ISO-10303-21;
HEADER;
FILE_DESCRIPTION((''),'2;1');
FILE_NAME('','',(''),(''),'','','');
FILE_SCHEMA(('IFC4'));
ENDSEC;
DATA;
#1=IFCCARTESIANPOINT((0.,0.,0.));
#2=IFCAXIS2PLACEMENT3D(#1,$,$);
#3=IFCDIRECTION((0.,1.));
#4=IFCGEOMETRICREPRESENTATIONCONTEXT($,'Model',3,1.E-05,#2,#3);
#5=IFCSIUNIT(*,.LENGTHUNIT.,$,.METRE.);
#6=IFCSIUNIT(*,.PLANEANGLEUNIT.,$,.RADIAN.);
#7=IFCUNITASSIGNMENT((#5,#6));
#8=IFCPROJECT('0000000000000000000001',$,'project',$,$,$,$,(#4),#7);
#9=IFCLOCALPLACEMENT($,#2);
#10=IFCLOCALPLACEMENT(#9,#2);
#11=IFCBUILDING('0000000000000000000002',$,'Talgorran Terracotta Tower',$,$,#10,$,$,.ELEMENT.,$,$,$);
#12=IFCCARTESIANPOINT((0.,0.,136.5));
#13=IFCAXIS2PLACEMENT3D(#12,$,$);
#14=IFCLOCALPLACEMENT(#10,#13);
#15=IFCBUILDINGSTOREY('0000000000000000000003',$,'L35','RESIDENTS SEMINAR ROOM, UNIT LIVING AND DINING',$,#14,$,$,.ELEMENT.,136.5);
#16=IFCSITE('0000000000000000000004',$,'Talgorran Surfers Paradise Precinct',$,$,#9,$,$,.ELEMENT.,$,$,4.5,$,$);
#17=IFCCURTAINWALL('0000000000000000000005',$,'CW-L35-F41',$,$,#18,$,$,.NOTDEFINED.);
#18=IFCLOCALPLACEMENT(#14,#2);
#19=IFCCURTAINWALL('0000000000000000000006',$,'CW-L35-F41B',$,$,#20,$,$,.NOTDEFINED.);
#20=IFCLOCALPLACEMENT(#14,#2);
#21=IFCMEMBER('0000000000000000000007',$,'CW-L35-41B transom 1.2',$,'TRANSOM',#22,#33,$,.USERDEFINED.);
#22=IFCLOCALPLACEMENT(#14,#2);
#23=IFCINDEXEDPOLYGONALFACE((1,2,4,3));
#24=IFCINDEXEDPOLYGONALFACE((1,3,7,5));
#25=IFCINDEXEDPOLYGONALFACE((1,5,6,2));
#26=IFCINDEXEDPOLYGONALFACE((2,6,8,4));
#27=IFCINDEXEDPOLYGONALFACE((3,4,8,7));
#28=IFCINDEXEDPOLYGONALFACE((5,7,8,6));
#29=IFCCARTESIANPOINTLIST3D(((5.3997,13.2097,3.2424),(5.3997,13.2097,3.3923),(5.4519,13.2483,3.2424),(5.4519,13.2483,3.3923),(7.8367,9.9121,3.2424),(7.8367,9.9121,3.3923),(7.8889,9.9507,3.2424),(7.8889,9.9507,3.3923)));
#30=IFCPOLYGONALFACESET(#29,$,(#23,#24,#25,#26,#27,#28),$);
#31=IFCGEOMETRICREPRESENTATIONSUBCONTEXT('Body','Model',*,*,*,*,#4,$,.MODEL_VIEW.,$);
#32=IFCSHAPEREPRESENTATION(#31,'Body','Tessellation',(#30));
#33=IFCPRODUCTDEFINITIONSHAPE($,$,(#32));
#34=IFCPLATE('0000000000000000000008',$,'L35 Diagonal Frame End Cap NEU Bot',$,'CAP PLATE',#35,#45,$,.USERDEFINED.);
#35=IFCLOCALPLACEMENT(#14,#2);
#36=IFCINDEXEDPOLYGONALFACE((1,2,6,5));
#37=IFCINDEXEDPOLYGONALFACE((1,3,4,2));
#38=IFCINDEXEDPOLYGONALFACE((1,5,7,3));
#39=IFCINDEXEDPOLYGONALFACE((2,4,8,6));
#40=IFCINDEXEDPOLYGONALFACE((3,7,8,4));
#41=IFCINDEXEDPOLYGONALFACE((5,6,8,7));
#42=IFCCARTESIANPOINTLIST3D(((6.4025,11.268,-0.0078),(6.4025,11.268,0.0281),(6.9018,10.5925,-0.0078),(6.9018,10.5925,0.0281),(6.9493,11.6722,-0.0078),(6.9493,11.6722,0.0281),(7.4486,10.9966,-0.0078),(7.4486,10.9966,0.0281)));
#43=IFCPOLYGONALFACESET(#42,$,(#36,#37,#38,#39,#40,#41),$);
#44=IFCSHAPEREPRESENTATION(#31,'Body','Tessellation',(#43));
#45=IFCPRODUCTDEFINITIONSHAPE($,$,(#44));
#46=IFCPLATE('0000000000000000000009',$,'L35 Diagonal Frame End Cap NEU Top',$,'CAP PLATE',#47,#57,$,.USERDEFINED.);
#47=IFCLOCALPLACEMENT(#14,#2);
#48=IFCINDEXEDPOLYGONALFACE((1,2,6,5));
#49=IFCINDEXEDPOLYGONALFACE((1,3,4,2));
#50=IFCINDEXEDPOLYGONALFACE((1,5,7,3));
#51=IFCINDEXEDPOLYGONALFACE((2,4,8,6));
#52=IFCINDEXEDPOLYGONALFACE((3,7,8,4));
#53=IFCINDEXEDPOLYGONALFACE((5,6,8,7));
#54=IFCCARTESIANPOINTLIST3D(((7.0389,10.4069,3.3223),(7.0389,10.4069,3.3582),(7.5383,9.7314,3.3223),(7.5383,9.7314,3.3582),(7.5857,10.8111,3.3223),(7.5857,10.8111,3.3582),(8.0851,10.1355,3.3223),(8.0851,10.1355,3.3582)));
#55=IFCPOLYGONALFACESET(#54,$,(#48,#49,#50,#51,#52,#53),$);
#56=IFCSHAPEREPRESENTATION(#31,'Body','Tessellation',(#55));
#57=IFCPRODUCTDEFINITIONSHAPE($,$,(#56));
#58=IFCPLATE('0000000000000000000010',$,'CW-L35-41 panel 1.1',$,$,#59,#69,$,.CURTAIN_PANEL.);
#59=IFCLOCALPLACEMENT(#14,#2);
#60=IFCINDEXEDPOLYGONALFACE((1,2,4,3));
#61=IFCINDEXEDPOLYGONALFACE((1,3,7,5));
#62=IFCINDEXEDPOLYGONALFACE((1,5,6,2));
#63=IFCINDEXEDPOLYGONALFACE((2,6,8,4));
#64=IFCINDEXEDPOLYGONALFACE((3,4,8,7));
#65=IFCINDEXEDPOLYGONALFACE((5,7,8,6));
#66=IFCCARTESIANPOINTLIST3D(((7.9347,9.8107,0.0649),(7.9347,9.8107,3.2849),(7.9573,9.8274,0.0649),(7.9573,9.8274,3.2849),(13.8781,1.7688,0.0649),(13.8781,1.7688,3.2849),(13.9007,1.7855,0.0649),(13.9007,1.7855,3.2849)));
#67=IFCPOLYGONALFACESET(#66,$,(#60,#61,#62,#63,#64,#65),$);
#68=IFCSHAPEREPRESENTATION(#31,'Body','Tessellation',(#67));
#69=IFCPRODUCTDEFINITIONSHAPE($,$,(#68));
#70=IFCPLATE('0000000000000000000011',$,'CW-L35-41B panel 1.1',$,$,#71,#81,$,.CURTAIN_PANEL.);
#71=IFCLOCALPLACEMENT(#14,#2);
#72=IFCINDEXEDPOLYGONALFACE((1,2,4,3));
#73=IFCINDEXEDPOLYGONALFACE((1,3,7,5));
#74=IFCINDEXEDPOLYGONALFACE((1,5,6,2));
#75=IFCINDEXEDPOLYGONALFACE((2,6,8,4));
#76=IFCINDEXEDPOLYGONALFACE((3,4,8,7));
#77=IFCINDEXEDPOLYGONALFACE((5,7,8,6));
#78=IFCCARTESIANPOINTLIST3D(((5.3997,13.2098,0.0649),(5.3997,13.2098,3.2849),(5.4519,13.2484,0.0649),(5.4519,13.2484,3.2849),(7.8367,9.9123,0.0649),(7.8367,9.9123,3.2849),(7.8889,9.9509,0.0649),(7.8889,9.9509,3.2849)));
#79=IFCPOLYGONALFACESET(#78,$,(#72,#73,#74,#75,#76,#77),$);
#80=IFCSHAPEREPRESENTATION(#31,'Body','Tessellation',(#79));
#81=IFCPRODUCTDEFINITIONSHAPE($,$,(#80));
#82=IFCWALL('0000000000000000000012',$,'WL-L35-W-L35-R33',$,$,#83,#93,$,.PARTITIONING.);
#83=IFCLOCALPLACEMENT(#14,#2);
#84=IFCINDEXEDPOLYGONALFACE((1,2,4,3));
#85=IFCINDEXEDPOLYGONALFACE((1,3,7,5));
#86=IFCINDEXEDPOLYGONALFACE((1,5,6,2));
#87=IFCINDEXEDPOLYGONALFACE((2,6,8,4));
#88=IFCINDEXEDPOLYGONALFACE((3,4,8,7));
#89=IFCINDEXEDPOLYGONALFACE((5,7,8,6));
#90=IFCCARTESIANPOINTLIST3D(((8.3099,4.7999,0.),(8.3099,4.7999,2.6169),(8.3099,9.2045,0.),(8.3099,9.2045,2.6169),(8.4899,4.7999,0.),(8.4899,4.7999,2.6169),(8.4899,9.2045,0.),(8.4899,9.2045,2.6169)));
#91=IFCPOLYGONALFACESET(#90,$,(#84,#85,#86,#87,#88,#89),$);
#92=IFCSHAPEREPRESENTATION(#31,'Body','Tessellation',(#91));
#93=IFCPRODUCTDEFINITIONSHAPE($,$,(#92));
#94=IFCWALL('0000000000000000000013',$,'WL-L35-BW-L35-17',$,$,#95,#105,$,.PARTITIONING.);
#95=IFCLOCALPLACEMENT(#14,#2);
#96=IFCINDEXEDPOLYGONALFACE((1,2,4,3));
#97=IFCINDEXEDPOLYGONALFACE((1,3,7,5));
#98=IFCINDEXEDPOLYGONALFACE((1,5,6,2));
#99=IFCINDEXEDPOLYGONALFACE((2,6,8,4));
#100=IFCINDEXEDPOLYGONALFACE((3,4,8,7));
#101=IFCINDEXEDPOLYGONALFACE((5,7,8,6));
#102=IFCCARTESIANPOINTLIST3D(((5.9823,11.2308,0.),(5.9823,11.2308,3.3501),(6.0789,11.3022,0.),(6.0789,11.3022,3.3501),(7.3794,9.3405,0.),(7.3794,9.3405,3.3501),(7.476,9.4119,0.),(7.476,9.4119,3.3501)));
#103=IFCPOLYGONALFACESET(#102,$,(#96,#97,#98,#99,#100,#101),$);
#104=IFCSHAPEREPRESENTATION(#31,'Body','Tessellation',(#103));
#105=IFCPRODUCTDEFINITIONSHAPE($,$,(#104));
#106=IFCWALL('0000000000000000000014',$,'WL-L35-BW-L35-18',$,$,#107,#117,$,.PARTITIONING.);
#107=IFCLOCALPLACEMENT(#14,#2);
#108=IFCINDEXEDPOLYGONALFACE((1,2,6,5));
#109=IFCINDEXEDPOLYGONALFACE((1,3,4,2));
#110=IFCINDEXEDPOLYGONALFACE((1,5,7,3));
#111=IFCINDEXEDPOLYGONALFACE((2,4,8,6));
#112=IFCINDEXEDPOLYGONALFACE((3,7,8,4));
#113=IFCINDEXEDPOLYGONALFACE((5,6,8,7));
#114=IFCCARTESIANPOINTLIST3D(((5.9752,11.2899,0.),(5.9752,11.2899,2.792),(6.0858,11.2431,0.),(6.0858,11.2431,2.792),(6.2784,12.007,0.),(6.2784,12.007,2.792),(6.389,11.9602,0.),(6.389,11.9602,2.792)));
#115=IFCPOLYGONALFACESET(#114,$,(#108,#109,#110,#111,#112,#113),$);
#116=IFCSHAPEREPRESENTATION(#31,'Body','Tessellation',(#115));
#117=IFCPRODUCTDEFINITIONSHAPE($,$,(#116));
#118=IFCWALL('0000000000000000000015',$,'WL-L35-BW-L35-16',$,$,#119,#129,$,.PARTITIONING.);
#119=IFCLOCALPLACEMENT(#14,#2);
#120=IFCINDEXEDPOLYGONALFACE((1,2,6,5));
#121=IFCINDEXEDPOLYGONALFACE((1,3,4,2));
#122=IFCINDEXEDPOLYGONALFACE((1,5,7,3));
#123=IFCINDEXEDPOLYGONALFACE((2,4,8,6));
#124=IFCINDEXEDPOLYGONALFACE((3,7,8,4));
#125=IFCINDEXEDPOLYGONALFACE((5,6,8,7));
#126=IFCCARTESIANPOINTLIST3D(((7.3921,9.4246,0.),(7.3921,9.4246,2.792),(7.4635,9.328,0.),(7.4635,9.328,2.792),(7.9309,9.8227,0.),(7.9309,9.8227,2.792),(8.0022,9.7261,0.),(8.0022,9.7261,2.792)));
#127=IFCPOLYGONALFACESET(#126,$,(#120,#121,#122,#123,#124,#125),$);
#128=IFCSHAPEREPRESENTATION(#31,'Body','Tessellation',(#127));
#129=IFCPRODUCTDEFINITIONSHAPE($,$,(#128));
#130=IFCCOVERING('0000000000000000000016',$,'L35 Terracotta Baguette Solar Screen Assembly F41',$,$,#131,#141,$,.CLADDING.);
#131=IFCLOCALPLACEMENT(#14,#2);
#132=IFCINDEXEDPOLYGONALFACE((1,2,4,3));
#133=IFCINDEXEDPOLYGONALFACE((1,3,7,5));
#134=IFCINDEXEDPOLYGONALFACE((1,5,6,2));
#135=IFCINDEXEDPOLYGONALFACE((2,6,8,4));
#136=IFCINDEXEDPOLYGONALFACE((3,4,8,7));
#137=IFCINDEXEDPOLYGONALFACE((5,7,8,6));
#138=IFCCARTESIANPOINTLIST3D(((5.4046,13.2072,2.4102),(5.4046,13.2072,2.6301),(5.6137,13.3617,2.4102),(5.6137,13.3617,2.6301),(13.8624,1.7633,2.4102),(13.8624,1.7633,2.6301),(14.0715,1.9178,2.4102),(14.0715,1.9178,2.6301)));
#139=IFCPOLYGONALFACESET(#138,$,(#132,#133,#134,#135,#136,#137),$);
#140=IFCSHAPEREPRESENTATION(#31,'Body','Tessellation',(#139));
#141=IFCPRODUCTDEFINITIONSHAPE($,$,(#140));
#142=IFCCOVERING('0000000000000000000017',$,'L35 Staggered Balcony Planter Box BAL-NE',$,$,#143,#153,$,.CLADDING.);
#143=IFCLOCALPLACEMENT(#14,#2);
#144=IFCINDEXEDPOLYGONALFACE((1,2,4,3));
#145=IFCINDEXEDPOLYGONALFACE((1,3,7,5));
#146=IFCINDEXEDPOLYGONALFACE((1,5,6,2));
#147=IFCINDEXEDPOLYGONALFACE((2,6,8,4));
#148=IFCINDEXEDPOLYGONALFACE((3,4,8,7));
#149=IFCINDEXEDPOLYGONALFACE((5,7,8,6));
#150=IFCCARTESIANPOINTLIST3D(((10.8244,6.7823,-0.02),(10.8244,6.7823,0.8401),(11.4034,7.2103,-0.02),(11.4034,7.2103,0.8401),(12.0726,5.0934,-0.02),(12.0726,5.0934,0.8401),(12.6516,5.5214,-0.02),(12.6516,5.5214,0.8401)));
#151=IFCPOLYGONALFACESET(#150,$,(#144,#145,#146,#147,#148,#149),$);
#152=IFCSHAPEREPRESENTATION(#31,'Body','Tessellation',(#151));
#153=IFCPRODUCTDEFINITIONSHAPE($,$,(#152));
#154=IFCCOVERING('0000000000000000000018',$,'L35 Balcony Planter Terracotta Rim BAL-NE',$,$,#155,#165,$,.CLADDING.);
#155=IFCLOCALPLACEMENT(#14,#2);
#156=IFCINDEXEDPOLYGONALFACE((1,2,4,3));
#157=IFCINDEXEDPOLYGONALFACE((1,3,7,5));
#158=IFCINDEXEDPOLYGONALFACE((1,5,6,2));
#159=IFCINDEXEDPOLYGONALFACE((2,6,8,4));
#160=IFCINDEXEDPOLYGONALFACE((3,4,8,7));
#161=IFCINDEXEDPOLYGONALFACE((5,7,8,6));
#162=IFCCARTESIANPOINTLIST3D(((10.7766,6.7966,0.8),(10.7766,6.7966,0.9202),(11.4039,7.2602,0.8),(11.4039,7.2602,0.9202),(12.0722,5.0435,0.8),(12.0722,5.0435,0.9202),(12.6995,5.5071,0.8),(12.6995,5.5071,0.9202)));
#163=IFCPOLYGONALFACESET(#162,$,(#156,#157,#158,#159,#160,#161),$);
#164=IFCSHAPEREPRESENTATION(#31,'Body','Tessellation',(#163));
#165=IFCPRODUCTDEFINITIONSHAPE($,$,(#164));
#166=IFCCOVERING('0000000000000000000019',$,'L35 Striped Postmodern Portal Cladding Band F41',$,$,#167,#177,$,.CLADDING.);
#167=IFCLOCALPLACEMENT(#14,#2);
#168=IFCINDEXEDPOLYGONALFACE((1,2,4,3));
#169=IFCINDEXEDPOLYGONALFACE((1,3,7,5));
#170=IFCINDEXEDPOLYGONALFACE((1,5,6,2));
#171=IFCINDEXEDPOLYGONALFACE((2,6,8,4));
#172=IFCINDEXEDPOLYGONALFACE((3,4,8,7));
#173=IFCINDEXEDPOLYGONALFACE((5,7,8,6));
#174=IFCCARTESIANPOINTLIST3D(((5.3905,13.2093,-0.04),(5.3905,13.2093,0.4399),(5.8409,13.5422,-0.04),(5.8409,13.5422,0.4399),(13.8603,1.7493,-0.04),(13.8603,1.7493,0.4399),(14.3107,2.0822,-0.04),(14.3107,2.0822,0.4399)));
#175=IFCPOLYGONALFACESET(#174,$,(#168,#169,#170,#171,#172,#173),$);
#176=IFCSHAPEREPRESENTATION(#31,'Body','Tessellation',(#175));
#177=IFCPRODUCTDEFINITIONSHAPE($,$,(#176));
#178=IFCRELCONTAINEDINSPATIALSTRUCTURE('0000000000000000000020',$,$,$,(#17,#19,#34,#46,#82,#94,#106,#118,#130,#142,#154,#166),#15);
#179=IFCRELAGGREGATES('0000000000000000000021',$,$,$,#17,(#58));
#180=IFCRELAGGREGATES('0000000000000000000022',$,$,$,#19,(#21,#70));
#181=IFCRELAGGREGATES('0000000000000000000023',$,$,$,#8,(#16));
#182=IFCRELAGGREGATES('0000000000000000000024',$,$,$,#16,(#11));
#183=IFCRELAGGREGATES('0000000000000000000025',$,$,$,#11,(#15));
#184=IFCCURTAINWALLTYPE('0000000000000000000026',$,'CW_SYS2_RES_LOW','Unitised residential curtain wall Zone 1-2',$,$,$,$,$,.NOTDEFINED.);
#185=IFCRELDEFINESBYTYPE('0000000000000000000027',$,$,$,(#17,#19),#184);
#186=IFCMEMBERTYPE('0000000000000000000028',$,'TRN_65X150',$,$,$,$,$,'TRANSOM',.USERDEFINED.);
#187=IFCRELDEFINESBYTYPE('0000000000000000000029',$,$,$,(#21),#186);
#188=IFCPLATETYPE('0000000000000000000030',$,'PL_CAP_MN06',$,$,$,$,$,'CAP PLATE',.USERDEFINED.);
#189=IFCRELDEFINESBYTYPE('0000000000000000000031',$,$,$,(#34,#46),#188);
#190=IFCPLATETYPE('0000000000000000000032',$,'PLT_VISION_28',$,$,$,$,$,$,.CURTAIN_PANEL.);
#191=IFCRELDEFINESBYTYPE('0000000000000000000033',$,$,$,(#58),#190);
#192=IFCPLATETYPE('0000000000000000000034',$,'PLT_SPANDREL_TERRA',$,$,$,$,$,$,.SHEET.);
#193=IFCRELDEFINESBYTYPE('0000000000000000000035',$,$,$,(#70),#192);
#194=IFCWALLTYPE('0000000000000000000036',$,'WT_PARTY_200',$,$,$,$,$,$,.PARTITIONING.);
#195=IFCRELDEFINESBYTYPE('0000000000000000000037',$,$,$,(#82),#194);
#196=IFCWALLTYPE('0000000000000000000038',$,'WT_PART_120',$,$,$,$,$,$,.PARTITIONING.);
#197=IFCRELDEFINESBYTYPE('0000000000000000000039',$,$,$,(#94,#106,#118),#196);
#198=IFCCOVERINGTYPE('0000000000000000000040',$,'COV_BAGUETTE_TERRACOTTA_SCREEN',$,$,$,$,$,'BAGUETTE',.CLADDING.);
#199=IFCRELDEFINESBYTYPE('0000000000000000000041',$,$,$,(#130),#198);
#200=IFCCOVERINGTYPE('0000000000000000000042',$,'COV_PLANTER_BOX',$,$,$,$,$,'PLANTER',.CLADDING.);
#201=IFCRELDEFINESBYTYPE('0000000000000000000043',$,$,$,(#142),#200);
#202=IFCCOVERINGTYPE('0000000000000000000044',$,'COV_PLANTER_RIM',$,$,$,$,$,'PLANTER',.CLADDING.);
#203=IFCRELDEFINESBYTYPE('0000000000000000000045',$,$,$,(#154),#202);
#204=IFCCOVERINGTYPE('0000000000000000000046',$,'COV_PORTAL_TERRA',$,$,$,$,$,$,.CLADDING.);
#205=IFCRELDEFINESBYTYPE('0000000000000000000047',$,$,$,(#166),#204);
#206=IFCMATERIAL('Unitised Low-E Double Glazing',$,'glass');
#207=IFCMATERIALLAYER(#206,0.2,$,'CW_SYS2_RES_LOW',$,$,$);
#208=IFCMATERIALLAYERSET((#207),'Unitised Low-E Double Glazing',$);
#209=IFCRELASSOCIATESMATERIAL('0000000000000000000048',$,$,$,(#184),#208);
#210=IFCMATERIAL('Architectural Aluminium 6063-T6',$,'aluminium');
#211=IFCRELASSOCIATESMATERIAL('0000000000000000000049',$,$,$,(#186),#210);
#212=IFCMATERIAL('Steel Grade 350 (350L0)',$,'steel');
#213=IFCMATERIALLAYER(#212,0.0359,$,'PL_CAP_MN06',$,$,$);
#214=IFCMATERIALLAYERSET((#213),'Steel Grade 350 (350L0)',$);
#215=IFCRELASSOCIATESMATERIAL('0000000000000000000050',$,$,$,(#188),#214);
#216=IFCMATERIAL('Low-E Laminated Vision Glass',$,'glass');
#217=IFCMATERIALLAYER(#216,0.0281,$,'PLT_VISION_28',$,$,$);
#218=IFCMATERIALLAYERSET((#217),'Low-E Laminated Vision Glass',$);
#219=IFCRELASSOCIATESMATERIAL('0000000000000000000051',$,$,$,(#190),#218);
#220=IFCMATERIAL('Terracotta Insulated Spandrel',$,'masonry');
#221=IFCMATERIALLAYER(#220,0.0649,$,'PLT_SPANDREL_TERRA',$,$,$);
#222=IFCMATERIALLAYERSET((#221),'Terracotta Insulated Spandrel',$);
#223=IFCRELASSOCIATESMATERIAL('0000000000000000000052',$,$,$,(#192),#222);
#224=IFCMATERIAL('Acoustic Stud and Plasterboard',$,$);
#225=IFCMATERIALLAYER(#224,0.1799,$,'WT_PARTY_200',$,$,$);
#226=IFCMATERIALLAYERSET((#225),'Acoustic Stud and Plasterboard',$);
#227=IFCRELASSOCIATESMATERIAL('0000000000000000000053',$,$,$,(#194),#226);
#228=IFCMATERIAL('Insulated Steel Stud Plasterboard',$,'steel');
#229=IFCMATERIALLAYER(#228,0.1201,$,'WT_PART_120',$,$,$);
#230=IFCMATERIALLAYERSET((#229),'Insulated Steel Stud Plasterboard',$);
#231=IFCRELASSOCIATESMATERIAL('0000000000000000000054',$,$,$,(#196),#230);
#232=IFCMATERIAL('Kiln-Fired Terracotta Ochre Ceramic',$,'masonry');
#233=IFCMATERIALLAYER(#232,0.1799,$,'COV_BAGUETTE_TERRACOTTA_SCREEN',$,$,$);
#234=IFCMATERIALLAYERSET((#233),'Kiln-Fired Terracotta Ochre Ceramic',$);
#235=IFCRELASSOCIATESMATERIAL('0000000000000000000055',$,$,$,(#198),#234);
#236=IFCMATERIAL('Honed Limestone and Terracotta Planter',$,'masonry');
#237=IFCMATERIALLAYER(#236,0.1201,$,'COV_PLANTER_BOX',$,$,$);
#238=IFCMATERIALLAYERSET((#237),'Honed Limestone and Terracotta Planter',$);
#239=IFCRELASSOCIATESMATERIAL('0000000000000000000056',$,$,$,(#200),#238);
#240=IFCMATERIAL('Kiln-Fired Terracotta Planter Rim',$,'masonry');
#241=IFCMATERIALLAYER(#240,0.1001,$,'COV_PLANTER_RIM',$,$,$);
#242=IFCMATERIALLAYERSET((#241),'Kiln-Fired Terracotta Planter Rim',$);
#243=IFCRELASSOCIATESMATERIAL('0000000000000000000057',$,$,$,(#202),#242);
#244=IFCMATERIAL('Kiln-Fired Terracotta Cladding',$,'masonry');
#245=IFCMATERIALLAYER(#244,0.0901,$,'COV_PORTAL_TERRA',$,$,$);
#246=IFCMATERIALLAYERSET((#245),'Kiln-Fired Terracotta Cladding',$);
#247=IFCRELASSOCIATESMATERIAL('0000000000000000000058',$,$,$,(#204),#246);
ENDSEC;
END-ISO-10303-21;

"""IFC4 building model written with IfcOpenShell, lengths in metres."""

from ifc_helpers import new_model, si_unit, direction, frame, frame_2d, origin, origin_2d, place, context, subcontext, project, spatial, rectangle, extrude, source, transform, mapped, material, layer, layer_set, material_profile, profile_set, type_object, type_shapes, element, aggregate, save


model = new_model("IFC4")

# Units and contexts
model_context = context("Model", 3, precision=1e-05, world=origin(), true_north=direction((0.0, 1.0)))
body_context = subcontext(model_context, "Body", "Model", "MODEL_VIEW")
ifc_project = project(units=[si_unit("LENGTHUNIT", "METRE"), si_unit("PLANEANGLEUNIT", "RADIAN")], contexts=[model_context])

# Site, building, storey
site_placement = place(None, origin())
site = spatial("IfcSite", under=ifc_project, at=site_placement, Name="Talgorran Surfers Paradise Precinct", CompositionType="ELEMENT", RefElevation=4.5)
building_placement = place(site_placement, origin())
building = spatial("IfcBuilding", under=site, at=building_placement, Name="Talgorran Terracotta Tower", CompositionType="ELEMENT")
storey_placement = place(building_placement, frame((0.0, 0.0, 136.5)))
storey = spatial("IfcBuildingStorey", under=building, at=storey_placement, Name="L35", Description="RESIDENTS SEMINAR ROOM, UNIT LIVING AND DINING", CompositionType="ELEMENT", Elevation=136.5)

# Shared definitions
ifc_material_1 = material(Name="Steel Grade 350 (350L0)", Category="steel")

# Curtain wall
ifc_material_2 = material(Name="Unitised Low-E Double Glazing", Category="glass")
ifc_layer_1 = layer(ifc_material_2, 0.2, Name="CW_SYS2_RES_LOW")
ifc_layer_set_1 = layer_set([ifc_layer_1], Name="Unitised Low-E Double Glazing")
curtain_wall_type = type_object("IfcCurtainWallType", Name="CW_SYS2_RES_LOW", Description="Unitised residential curtain wall Zone 1-2", PredefinedType="NOTDEFINED", material=ifc_layer_set_1)
curtain_wall_1_placement = place(storey_placement, origin())
curtain_wall_1 = element("IfcCurtainWall", 1, at=curtain_wall_1_placement, inside=storey, type_object=curtain_wall_type, Name="CW-L35-F41", PredefinedType="NOTDEFINED")
ifc_material_3 = material(Name="Architectural Aluminium 6063-T6", Category="aluminium")

# Curtain wall, member
curtain_wall_2_placement = place(storey_placement, origin())
curtain_wall_2 = element("IfcCurtainWall", 2, at=curtain_wall_2_placement, inside=storey, type_object=curtain_wall_type, Name="CW-L35-F41B", PredefinedType="NOTDEFINED")
ifc_material_profile_1 = material_profile(ifc_material_3, rectangle(XDim=0.0649, YDim=0.1499, at=origin_2d()), Name="CWT65X150")
ifc_profile_set_1 = profile_set([ifc_material_profile_1], Name="Architectural Aluminium 6063-T6")
member_type_1 = type_object("IfcMemberType", Name="TRN_65X150", ElementType="TRANSOM", PredefinedType="USERDEFINED", material=ifc_profile_set_1)
member_1_placement = place(storey_placement, frame((7.8628, 9.9314, 3.3174), z_axis=(-0.594336, 0.804217, 0.0), x_axis=(-0.804217, -0.594336, 0.0)))
member_1 = element("IfcMember", 3, at=member_1_placement, type_object=member_type_1, Name="CW-L35-41B transom 1.2", ObjectType="TRANSOM", PredefinedType="USERDEFINED", context=body_context, shape_type="SweptSolid", body=[
    extrude(rectangle(XDim=0.0649, YDim=0.1499, at=origin_2d()), origin(), (0.0, 0.0, 1.0), 4.1003),
])

# Plates
ifc_layer_2 = layer(ifc_material_1, 0.0359, Name="PL_CAP_MN06")
ifc_layer_set_2 = layer_set([ifc_layer_2], Name="Steel Grade 350 (350L0)")
plate_type_1 = type_object("IfcPlateType", Name="PL_CAP_MN06", ElementType="CAP PLATE", PredefinedType="USERDEFINED", material=ifc_layer_set_2)
for number, where, z_axis, x_axis, name in (
    (4, (6.9255, 11.1323, -0.0078), (0.0, 0.0, 1.0), (0.594402, -0.804168, 0.0), "L35 Diagonal Frame End Cap NEU Bot"),
    (5, (7.562, 10.2712, 3.3223), (0.0, 0.0, 1.0), (0.594402, -0.804168, 0.0), "L35 Diagonal Frame End Cap NEU Top"),
):
    element("IfcPlate", number, at=place(storey_placement, frame(where, z_axis=z_axis, x_axis=x_axis)), inside=storey, type_object=plate_type_1, Name=name, ObjectType="CAP PLATE", PredefinedType="USERDEFINED", context=body_context, shape_type="SweptSolid", body=[
        extrude(rectangle(XDim=0.8401, YDim=0.6799, at=origin_2d()), origin(), (0.0, 0.0, 1.0), 0.0359),
    ])

# Plates
ifc_material_4 = material(Name="Low-E Laminated Vision Glass", Category="glass")
ifc_layer_3 = layer(ifc_material_4, 0.0281, Name="PLT_VISION_28")
ifc_layer_set_3 = layer_set([ifc_layer_3], Name="Low-E Laminated Vision Glass")
plate_type_2 = type_object("IfcPlateType", Name="PLT_VISION_28", PredefinedType="CURTAIN_PANEL", material=ifc_layer_set_3)
shared_shape_1 = source(origin(), body_context, "Body", "SweptSolid", [
    extrude(rectangle(XDim=9.9998, YDim=0.0281, at=origin_2d()), origin(), (0.0, 0.0, 1.0), 3.22),
])
type_shapes(plate_type_2, [shared_shape_1])
plate_1_placement = place(storey_placement, frame((10.9177, 5.7981, 0.0649), z_axis=(0.0, 0.0, 1.0), x_axis=(-0.594356, 0.804202, 0.0)))
plate_1 = element("IfcPlate", 6, at=plate_1_placement, type_object=plate_type_2, Name="CW-L35-41 panel 1.1", PredefinedType="CURTAIN_PANEL", context=body_context, shape_type="MappedRepresentation", body=[
    mapped(shared_shape_1, transform((0.0, 0.0, 0.0), scale=1.0)),
])
aggregate(curtain_wall_1, [plate_1])
ifc_material_5 = material(Name="Terracotta Insulated Spandrel", Category="masonry")
ifc_layer_4 = layer(ifc_material_5, 0.0649, Name="PLT_SPANDREL_TERRA")
ifc_layer_set_4 = layer_set([ifc_layer_4], Name="Terracotta Insulated Spandrel")
plate_type_3 = type_object("IfcPlateType", Name="PLT_SPANDREL_TERRA", PredefinedType="SHEET", material=ifc_layer_set_4)
shared_shape_2 = source(origin(), body_context, "Body", "SweptSolid", [
    extrude(rectangle(XDim=4.1003, YDim=0.0649, at=origin_2d()), origin(), (0.0, 0.0, 1.0), 3.22),
])
type_shapes(plate_type_3, [shared_shape_2])
plate_2_placement = place(storey_placement, frame((6.6443, 11.5803, 0.0649), z_axis=(0.0, 0.0, 1.0), x_axis=(-0.594346, 0.80421, 0.0)))
plate_2 = element("IfcPlate", 7, at=plate_2_placement, type_object=plate_type_3, Name="CW-L35-41B panel 1.1", PredefinedType="CURTAIN_PANEL", context=body_context, shape_type="MappedRepresentation", body=[
    mapped(shared_shape_2, transform((0.0, 0.0, 0.0), scale=1.0)),
])
aggregate(curtain_wall_2, [member_1, plate_2])

# Walls
ifc_material_6 = material(Name="Acoustic Stud and Plasterboard")
ifc_layer_5 = layer(ifc_material_6, 0.1799, Name="WT_PARTY_200")
ifc_layer_set_5 = layer_set([ifc_layer_5], Name="Acoustic Stud and Plasterboard")
wall_type_1 = type_object("IfcWallType", Name="WT_PARTY_200", PredefinedType="PARTITIONING", material=ifc_layer_set_5)
wall_1_placement = place(storey_placement, frame((8.3999, 4.8, 0.0), z_axis=(0.0, 0.0, 1.0), x_axis=(0.0, 1.0, 0.0)))
element("IfcWall", 8, at=wall_1_placement, inside=storey, type_object=wall_type_1, Name="WL-L35-W-L35-R33", PredefinedType="PARTITIONING", context=body_context, shape_type="SweptSolid", body=[
    extrude(rectangle(XDim=4.4045, YDim=0.1799, at=frame_2d((2.2021, 0.0))), origin(), (0.0, 0.0, 1.0), 2.6169),
])
ifc_material_7 = material(Name="Insulated Steel Stud Plasterboard", Category="steel")
ifc_layer_6 = layer(ifc_material_7, 0.1201, Name="WT_PART_120")
ifc_layer_set_6 = layer_set([ifc_layer_6], Name="Insulated Steel Stud Plasterboard")
wall_type_2 = type_object("IfcWallType", Name="WT_PART_120", PredefinedType="PARTITIONING", material=ifc_layer_set_6)
wall_2_placement = place(storey_placement, frame((7.4277, 9.3762, 0.0), z_axis=(0.0, 0.0, 1.0), x_axis=(-0.594385, 0.80418, 0.0)))
element("IfcWall", 9, at=wall_2_placement, inside=storey, type_object=wall_type_2, Name="WL-L35-BW-L35-17", PredefinedType="PARTITIONING", context=body_context, shape_type="SweptSolid", body=[
    extrude(rectangle(XDim=2.3506, YDim=0.1201, at=frame_2d((1.1753, 0.0))), origin(), (0.0, 0.0, 1.0), 3.3501),
])
wall_3_placement = place(storey_placement, frame((6.0305, 11.2666, 0.0), z_axis=(0.0, 0.0, 1.0), x_axis=(0.389487, 0.921032, 0.0)))
element("IfcWall", 10, at=wall_3_placement, inside=storey, type_object=wall_type_2, Name="WL-L35-BW-L35-18", PredefinedType="PARTITIONING", context=body_context, shape_type="SweptSolid", body=[
    extrude(rectangle(XDim=0.7786, YDim=0.1201, at=frame_2d((0.3892, 0.0))), origin(), (0.0, 0.0, 1.0), 2.792),
])
wall_4_placement = place(storey_placement, frame((7.9666, 9.7744, 0.0), z_axis=(0.0, 0.0, 1.0), x_axis=(-0.804222, -0.59433, 0.0)))
element("IfcWall", 11, at=wall_4_placement, inside=storey, type_object=wall_type_2, Name="WL-L35-BW-L35-16", PredefinedType="PARTITIONING", context=body_context, shape_type="SweptSolid", body=[
    extrude(rectangle(XDim=0.6699, YDim=0.1201, at=frame_2d((0.335, 0.0))), origin(), (0.0, 0.0, 1.0), 2.792),
])

# Coverings
ifc_material_8 = material(Name="Kiln-Fired Terracotta Ochre Ceramic", Category="masonry")
ifc_layer_7 = layer(ifc_material_8, 0.1799, Name="COV_BAGUETTE_TERRACOTTA_SCREEN")
ifc_layer_set_7 = layer_set([ifc_layer_7], Name="Kiln-Fired Terracotta Ochre Ceramic")
covering_type_1 = type_object("IfcCoveringType", Name="COV_BAGUETTE_TERRACOTTA_SCREEN", ElementType="BAGUETTE", PredefinedType="CLADDING", material=ifc_layer_set_7)
covering_1_placement = place(storey_placement, frame((9.738, 7.5625, 2.4102), z_axis=(0.0, 0.0, 1.0), x_axis=(-0.59436, 0.804199, 0.0)))
element("IfcCovering", 12, at=covering_1_placement, inside=storey, type_object=covering_type_1, Name="L35 Terracotta Baguette Solar Screen Assembly F41", PredefinedType="CLADDING", context=body_context, shape_type="SweptSolid", body=[
    extrude(rectangle(XDim=14.2302, YDim=0.26, at=origin_2d()), origin(), (0.0, 0.0, 1.0), 0.22),
])
ifc_material_9 = material(Name="Honed Limestone and Terracotta Planter", Category="masonry")
ifc_layer_8 = layer(ifc_material_9, 0.1201, Name="COV_PLANTER_BOX")
ifc_layer_set_8 = layer_set([ifc_layer_8], Name="Honed Limestone and Terracotta Planter")
covering_type_2 = type_object("IfcCoveringType", Name="COV_PLANTER_BOX", ElementType="PLANTER", PredefinedType="CLADDING", material=ifc_layer_set_8)
covering_2_placement = place(storey_placement, frame((11.738, 6.1519, -0.02), z_axis=(0.0, 0.0, 1.0), x_axis=(-0.59436, 0.804199, 0.0)))
element("IfcCovering", 13, at=covering_2_placement, inside=storey, type_object=covering_type_2, Name="L35 Staggered Balcony Planter Box BAL-NE", PredefinedType="CLADDING", context=body_context, shape_type="SweptSolid", body=[
    extrude(rectangle(XDim=2.1001, YDim=0.72, at=origin_2d()), origin(), (0.0, 0.0, 1.0), 0.8601),
])
ifc_material_10 = material(Name="Kiln-Fired Terracotta Planter Rim", Category="masonry")
ifc_layer_9 = layer(ifc_material_10, 0.1001, Name="COV_PLANTER_RIM")
ifc_layer_set_9 = layer_set([ifc_layer_9], Name="Kiln-Fired Terracotta Planter Rim")
covering_type_3 = type_object("IfcCoveringType", Name="COV_PLANTER_RIM", ElementType="PLANTER", PredefinedType="CLADDING", material=ifc_layer_set_9)
covering_3_placement = place(storey_placement, frame((11.738, 6.1519, 0.8), z_axis=(0.0, 0.0, 1.0), x_axis=(-0.59436, 0.804199, 0.0)))
element("IfcCovering", 14, at=covering_3_placement, inside=storey, type_object=covering_type_3, Name="L35 Balcony Planter Terracotta Rim BAL-NE", PredefinedType="CLADDING", context=body_context, shape_type="SweptSolid", body=[
    extrude(rectangle(XDim=2.1799, YDim=0.78, at=origin_2d()), origin(), (0.0, 0.0, 1.0), 0.1201),
])
ifc_material_11 = material(Name="Kiln-Fired Terracotta Cladding", Category="masonry")
ifc_layer_10 = layer(ifc_material_11, 0.0901, Name="COV_PORTAL_TERRA")
ifc_layer_set_10 = layer_set([ifc_layer_10], Name="Kiln-Fired Terracotta Cladding")
covering_type_4 = type_object("IfcCoveringType", Name="COV_PORTAL_TERRA", PredefinedType="CLADDING", material=ifc_layer_set_10)
covering_4_placement = place(storey_placement, frame((9.8506, 7.6458, -0.04), z_axis=(0.0, 0.0, 1.0), x_axis=(-0.59436, 0.804199, 0.0)))
element("IfcCovering", 15, at=covering_4_placement, inside=storey, type_object=covering_type_4, Name="L35 Striped Postmodern Portal Cladding Band F41", PredefinedType="CLADDING", context=body_context, shape_type="SweptSolid", body=[
    extrude(rectangle(XDim=14.2502, YDim=0.5601, at=origin_2d()), origin(), (0.0, 0.0, 1.0), 0.48),
])

save(model, "model.ifc")
